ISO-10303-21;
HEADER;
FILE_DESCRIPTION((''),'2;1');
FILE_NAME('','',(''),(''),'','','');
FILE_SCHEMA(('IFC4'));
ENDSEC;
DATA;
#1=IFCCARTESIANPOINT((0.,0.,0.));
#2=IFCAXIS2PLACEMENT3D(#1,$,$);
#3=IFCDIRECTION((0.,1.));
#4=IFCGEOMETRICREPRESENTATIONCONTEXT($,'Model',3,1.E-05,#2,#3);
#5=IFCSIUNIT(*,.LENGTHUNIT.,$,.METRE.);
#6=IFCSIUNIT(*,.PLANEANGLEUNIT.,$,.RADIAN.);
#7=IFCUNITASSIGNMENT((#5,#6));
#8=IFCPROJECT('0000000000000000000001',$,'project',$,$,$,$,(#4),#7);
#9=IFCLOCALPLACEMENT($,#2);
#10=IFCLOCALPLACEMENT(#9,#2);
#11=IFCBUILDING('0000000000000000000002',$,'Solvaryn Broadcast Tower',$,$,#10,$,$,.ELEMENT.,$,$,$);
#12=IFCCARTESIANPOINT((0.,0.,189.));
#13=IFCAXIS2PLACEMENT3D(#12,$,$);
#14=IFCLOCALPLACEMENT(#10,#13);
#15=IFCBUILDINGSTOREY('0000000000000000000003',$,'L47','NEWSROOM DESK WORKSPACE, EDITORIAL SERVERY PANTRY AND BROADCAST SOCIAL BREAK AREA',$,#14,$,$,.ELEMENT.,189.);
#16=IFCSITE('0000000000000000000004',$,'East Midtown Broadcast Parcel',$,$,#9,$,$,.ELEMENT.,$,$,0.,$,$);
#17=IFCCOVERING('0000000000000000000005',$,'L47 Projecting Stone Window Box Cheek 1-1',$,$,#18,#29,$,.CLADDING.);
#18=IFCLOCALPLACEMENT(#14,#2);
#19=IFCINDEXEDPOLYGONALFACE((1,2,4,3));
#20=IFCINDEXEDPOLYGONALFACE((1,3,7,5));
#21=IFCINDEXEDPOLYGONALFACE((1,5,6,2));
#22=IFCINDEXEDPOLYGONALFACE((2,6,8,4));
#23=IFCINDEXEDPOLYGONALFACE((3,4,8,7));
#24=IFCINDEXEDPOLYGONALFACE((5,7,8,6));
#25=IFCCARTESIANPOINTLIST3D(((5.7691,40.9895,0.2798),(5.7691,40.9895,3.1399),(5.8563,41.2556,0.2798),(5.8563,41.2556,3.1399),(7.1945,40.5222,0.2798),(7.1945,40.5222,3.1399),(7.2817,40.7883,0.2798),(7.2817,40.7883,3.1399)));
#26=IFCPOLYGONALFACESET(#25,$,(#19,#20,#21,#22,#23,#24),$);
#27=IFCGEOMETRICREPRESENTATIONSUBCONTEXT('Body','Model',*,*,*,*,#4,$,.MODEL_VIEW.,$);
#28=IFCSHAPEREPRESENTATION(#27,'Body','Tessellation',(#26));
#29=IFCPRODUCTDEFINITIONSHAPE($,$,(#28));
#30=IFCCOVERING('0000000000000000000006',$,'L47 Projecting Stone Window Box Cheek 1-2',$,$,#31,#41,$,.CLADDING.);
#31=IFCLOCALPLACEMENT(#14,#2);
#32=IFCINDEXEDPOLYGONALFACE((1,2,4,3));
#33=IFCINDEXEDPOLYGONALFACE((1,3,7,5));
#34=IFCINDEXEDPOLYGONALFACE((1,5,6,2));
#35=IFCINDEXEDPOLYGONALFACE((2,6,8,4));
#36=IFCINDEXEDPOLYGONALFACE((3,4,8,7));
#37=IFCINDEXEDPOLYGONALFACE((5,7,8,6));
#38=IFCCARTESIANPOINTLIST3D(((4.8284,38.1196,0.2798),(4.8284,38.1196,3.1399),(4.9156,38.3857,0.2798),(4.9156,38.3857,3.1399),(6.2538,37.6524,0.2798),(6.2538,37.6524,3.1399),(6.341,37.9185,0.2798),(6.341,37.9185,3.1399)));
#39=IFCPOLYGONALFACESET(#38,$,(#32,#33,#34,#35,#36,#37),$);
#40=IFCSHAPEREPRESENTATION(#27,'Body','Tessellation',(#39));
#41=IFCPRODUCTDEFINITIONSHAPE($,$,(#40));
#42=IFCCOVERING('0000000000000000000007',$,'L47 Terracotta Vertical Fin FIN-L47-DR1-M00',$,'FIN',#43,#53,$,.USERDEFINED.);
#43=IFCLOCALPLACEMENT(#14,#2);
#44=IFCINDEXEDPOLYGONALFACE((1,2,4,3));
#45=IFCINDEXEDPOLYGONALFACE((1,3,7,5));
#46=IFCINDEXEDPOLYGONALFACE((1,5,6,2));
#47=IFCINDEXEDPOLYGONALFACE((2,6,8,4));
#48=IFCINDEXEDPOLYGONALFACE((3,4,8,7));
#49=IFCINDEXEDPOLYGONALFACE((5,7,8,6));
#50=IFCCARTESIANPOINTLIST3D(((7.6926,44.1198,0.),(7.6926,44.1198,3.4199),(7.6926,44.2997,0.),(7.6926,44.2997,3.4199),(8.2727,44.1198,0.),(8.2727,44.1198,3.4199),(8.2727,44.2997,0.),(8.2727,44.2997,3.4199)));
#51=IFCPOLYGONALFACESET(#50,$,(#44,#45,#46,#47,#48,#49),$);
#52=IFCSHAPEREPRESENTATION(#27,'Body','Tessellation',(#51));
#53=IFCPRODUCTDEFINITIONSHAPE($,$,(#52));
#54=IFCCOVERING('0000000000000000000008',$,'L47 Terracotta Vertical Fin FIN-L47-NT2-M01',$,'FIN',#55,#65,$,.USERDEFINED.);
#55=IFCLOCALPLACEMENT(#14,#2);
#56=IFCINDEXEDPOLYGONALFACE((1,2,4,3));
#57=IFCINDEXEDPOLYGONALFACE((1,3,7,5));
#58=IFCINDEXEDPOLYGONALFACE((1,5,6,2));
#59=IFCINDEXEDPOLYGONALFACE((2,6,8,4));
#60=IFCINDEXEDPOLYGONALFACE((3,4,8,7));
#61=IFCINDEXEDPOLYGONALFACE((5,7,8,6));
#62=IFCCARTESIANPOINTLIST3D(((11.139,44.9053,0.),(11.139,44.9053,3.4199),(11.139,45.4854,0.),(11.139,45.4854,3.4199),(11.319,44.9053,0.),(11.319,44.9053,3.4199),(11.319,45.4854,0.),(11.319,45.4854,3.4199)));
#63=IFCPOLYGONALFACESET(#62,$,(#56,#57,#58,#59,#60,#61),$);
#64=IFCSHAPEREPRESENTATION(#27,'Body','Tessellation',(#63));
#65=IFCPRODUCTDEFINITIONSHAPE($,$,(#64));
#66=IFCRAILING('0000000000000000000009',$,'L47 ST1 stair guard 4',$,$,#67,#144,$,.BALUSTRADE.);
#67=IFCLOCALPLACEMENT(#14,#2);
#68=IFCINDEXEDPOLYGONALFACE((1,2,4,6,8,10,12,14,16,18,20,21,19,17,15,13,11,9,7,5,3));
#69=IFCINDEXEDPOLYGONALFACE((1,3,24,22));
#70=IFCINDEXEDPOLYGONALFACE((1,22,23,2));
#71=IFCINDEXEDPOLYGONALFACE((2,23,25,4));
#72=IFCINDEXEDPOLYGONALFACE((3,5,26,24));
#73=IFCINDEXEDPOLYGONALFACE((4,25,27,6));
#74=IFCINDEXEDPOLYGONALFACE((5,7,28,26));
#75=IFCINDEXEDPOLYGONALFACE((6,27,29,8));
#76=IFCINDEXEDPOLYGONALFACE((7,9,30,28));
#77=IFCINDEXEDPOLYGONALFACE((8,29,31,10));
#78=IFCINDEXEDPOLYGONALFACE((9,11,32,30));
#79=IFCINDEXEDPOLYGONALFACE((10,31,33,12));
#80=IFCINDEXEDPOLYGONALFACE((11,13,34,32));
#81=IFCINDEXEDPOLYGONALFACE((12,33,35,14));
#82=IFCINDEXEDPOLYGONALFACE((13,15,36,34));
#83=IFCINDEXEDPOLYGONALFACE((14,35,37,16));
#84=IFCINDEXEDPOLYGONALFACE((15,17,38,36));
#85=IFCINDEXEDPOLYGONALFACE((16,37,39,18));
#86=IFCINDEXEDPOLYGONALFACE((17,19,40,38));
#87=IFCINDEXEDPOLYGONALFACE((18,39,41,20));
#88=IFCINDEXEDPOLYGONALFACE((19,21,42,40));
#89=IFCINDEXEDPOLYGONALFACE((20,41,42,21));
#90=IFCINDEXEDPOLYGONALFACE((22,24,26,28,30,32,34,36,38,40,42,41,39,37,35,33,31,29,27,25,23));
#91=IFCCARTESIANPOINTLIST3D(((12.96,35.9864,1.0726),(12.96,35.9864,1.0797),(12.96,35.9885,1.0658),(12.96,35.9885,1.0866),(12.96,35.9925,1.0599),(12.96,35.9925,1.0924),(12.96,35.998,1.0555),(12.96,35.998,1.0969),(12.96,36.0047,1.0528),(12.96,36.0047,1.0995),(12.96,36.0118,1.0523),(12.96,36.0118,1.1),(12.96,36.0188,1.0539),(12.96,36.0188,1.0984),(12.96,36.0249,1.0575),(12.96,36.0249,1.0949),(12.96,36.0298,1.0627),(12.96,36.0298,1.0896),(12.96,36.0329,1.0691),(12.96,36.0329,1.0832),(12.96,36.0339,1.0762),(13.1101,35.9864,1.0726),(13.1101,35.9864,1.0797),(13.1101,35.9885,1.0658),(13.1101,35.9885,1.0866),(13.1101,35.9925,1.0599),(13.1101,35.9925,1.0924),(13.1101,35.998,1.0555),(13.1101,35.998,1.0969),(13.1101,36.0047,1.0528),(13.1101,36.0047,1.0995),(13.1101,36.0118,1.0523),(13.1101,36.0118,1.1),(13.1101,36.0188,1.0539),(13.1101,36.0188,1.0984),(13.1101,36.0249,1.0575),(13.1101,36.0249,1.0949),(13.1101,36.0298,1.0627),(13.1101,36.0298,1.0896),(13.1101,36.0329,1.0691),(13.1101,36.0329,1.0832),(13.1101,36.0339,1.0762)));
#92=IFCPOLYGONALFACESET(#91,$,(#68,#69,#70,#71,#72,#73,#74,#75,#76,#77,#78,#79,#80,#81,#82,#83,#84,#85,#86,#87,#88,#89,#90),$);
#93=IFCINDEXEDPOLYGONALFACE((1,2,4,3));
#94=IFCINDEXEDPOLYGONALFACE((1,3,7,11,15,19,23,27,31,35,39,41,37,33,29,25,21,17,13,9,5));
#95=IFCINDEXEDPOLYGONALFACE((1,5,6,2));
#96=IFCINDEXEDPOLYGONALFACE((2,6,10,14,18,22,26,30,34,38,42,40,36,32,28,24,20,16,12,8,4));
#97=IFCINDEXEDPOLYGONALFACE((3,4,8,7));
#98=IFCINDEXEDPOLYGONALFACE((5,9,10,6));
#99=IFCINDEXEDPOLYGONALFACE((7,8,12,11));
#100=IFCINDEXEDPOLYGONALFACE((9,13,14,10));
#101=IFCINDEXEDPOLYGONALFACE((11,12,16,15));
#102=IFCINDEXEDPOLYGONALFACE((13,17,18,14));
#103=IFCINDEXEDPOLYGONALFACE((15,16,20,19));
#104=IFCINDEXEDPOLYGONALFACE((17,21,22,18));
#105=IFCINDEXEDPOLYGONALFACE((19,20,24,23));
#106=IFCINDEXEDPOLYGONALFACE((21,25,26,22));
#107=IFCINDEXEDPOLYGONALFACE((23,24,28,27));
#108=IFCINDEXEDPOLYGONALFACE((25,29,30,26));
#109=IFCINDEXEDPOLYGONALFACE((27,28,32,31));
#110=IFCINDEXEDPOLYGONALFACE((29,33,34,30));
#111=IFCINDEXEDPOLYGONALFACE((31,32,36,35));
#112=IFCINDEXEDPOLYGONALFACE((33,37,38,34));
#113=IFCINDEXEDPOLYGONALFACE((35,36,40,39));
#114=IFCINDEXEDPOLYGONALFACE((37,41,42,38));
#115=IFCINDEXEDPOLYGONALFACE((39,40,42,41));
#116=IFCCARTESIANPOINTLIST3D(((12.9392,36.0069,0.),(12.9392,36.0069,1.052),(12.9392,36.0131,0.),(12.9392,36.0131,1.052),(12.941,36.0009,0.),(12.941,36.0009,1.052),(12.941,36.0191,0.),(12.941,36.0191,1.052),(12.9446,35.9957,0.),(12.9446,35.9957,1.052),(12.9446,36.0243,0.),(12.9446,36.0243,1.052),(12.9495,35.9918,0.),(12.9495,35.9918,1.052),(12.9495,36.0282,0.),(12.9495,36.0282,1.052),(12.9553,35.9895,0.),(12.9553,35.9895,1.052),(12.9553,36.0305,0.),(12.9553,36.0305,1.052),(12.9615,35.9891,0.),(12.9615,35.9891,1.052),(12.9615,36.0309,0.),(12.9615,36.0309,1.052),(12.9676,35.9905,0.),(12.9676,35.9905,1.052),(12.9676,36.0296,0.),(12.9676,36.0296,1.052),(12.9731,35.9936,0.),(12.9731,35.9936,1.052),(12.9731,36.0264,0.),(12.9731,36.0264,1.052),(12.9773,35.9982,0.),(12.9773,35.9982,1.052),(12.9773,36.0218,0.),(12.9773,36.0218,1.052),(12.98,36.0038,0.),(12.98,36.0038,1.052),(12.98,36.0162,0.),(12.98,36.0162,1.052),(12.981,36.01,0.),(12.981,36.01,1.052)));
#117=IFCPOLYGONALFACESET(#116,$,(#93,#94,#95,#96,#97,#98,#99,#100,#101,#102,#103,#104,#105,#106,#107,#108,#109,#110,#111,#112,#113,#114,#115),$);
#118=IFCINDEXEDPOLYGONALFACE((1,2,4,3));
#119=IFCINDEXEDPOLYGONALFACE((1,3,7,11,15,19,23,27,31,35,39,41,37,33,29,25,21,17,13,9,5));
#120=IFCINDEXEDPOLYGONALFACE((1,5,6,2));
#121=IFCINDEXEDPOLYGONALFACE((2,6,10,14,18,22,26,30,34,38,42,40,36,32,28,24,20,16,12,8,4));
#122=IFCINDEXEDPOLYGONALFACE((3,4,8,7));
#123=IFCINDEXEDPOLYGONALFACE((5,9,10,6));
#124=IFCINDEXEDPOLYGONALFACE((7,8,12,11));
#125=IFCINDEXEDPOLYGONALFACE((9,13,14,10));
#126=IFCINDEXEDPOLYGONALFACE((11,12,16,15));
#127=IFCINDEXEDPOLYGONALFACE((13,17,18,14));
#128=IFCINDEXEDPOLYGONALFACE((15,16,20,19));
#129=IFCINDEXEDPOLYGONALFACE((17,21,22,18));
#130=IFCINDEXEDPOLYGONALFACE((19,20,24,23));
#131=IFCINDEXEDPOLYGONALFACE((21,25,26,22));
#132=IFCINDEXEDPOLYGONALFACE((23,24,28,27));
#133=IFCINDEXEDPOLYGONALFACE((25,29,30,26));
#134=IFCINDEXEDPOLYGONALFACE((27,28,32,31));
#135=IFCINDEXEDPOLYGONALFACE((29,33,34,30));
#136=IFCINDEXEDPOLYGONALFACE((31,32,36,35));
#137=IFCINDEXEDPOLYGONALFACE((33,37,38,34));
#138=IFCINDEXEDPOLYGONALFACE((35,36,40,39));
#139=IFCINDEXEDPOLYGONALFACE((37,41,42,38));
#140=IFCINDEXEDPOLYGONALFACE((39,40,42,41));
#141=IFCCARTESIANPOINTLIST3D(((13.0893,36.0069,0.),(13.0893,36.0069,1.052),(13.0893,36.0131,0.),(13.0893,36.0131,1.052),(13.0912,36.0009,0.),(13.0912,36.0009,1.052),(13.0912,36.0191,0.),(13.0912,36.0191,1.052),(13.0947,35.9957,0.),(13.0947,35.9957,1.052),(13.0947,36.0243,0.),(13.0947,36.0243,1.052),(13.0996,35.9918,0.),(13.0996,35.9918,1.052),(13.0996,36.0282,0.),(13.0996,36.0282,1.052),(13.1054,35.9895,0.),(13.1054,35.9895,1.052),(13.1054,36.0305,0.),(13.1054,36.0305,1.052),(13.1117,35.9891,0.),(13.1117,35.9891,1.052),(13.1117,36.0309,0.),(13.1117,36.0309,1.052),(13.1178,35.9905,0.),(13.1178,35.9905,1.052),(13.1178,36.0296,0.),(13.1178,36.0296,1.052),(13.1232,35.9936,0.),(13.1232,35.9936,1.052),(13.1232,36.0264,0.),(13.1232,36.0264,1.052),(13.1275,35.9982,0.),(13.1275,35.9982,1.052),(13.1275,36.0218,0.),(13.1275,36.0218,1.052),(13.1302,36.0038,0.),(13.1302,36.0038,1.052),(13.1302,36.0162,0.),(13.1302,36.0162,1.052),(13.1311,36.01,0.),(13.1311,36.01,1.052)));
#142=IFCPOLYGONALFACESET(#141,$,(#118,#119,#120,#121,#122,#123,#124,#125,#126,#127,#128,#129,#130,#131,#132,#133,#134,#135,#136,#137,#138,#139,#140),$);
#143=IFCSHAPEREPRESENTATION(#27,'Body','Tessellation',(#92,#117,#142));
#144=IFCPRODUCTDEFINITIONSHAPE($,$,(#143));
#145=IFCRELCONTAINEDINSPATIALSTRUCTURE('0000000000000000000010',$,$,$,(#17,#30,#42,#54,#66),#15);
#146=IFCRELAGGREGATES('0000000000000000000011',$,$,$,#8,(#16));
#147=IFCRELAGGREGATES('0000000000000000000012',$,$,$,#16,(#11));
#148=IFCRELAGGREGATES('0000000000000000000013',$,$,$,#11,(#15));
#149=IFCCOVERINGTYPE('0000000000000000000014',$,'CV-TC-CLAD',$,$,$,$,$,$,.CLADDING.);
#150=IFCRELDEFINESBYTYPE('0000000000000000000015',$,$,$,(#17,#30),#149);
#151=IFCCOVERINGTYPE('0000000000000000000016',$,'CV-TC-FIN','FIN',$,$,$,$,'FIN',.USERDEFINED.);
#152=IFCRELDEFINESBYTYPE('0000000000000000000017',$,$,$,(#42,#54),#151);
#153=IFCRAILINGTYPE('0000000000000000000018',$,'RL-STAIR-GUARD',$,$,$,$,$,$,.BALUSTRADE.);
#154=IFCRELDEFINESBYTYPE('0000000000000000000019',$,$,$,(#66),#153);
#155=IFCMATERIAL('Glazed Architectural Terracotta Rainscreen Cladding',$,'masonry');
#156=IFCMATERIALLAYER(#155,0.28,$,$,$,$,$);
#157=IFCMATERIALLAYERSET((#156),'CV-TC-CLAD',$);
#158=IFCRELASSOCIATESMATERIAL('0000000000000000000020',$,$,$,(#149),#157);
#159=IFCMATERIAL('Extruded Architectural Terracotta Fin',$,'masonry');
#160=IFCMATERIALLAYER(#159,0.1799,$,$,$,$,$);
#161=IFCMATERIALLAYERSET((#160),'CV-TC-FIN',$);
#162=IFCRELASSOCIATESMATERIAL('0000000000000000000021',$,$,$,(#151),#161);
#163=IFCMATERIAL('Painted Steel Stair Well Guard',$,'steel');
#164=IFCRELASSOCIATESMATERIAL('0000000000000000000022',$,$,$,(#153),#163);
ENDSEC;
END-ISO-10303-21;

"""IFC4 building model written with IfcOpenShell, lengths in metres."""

from ifc_helpers import new_model, si_unit, direction, frame, origin, origin_2d, place, context, subcontext, project, spatial, rectangle, circle, extrude, material, layer, layer_set, type_object, element, save


model = new_model("IFC4")

# Units and contexts
model_context = context("Model", 3, precision=1e-05, world=origin(), true_north=direction((0.0, 1.0)))
body_context = subcontext(model_context, "Body", "Model", "MODEL_VIEW")
ifc_project = project(units=[si_unit("LENGTHUNIT", "METRE"), si_unit("PLANEANGLEUNIT", "RADIAN")], contexts=[model_context])

# Site, building, storey
site_placement = place(None, origin())
site = spatial("IfcSite", under=ifc_project, at=site_placement, Name="East Midtown Broadcast Parcel", CompositionType="ELEMENT", RefElevation=0.0)
building_placement = place(site_placement, origin())
building = spatial("IfcBuilding", under=site, at=building_placement, Name="Solvaryn Broadcast Tower", CompositionType="ELEMENT")
storey_placement = place(building_placement, frame((0.0, 0.0, 189.0)))
storey = spatial("IfcBuildingStorey", under=building, at=storey_placement, Name="L47", Description="NEWSROOM DESK WORKSPACE, EDITORIAL SERVERY PANTRY AND BROADCAST SOCIAL BREAK AREA", CompositionType="ELEMENT", Elevation=189.0)

# Coverings
ifc_material_1 = material(Name="Glazed Architectural Terracotta Rainscreen Cladding", Category="masonry")
ifc_layer_1 = layer(ifc_material_1, 0.28)
ifc_layer_set_1 = layer_set([ifc_layer_1], Name="CV-TC-CLAD")
covering_type_1 = type_object("IfcCoveringType", Name="CV-TC-CLAD", PredefinedType="CLADDING", material=ifc_layer_set_1)
for number, where, z_axis, x_axis, name in (
    (1, (6.5254, 40.8889, 0.2798), (0.0, 0.0, 1.0), (-0.311506, -0.950244, 0.0), "L47 Projecting Stone Window Box Cheek 1-1"),
    (2, (5.5847, 38.019, 0.2798), (0.0, 0.0, 1.0), (-0.311506, -0.950244, 0.0), "L47 Projecting Stone Window Box Cheek 1-2"),
):
    element("IfcCovering", number, at=place(storey_placement, frame(where, z_axis=z_axis, x_axis=x_axis)), inside=storey, type_object=covering_type_1, Name=name, PredefinedType="CLADDING", context=body_context, shape_type="SweptSolid", body=[
        extrude(rectangle(XDim=0.28, YDim=1.5, at=origin_2d()), origin(), (0.0, 0.0, 1.0), 2.8601),
    ])
ifc_material_2 = material(Name="Extruded Architectural Terracotta Fin", Category="masonry")
ifc_layer_2 = layer(ifc_material_2, 0.1799)
ifc_layer_set_2 = layer_set([ifc_layer_2], Name="CV-TC-FIN")
covering_type_2 = type_object("IfcCoveringType", Name="CV-TC-FIN", Description="FIN", ElementType="FIN", PredefinedType="USERDEFINED", material=ifc_layer_set_2)
covering_1_placement = place(storey_placement, frame((7.9827, 44.2097, 0.0), z_axis=(0.0, 0.0, 1.0), x_axis=(1.0, 0.0, 0.0)))
element("IfcCovering", 3, at=covering_1_placement, inside=storey, type_object=covering_type_2, Name="L47 Terracotta Vertical Fin FIN-L47-DR1-M00", ObjectType="FIN", PredefinedType="USERDEFINED", context=body_context, shape_type="SweptSolid", body=[
    extrude(rectangle(XDim=0.5801, YDim=0.1799, at=origin_2d()), origin(), (0.0, 0.0, 1.0), 3.4199),
])
covering_2_placement = place(storey_placement, frame((11.229, 45.1953, 0.0), z_axis=(0.0, 0.0, 1.0), x_axis=(1.0, 0.0, 0.0)))
element("IfcCovering", 4, at=covering_2_placement, inside=storey, type_object=covering_type_2, Name="L47 Terracotta Vertical Fin FIN-L47-NT2-M01", ObjectType="FIN", PredefinedType="USERDEFINED", context=body_context, shape_type="SweptSolid", body=[
    extrude(rectangle(XDim=0.1799, YDim=0.5801, at=origin_2d()), origin(), (0.0, 0.0, 1.0), 3.4199),
])

# Railing
ifc_material_3 = material(Name="Painted Steel Stair Well Guard", Category="steel")
railing_type_1 = type_object("IfcRailingType", Name="RL-STAIR-GUARD", PredefinedType="BALUSTRADE", material=ifc_material_3)
railing_1_placement = place(storey_placement, frame((12.96, 36.01, 0.0)))
element("IfcRailing", 5, at=railing_1_placement, inside=storey, type_object=railing_type_1, Name="L47 ST1 stair guard 4", PredefinedType="BALUSTRADE", context=body_context, shape_type="SweptSolid", body=[
    extrude(circle(Radius=0.0239, at=origin_2d()), frame((0.0, 0.0, 1.0762), z_axis=(1.0, 0.0, 0.0), x_axis=(0.0, 1.0, 0.0)), (0.0, 0.0, 1.0), 0.1501),
    extrude(circle(Radius=0.021, at=origin_2d()), origin(), (0.0, 0.0, 1.0), 1.052),
    extrude(circle(Radius=0.021, at=origin_2d()), frame((0.1501, 0.0, 0.0)), (0.0, 0.0, 1.0), 1.052),
])

save(model, "model.ifc")
